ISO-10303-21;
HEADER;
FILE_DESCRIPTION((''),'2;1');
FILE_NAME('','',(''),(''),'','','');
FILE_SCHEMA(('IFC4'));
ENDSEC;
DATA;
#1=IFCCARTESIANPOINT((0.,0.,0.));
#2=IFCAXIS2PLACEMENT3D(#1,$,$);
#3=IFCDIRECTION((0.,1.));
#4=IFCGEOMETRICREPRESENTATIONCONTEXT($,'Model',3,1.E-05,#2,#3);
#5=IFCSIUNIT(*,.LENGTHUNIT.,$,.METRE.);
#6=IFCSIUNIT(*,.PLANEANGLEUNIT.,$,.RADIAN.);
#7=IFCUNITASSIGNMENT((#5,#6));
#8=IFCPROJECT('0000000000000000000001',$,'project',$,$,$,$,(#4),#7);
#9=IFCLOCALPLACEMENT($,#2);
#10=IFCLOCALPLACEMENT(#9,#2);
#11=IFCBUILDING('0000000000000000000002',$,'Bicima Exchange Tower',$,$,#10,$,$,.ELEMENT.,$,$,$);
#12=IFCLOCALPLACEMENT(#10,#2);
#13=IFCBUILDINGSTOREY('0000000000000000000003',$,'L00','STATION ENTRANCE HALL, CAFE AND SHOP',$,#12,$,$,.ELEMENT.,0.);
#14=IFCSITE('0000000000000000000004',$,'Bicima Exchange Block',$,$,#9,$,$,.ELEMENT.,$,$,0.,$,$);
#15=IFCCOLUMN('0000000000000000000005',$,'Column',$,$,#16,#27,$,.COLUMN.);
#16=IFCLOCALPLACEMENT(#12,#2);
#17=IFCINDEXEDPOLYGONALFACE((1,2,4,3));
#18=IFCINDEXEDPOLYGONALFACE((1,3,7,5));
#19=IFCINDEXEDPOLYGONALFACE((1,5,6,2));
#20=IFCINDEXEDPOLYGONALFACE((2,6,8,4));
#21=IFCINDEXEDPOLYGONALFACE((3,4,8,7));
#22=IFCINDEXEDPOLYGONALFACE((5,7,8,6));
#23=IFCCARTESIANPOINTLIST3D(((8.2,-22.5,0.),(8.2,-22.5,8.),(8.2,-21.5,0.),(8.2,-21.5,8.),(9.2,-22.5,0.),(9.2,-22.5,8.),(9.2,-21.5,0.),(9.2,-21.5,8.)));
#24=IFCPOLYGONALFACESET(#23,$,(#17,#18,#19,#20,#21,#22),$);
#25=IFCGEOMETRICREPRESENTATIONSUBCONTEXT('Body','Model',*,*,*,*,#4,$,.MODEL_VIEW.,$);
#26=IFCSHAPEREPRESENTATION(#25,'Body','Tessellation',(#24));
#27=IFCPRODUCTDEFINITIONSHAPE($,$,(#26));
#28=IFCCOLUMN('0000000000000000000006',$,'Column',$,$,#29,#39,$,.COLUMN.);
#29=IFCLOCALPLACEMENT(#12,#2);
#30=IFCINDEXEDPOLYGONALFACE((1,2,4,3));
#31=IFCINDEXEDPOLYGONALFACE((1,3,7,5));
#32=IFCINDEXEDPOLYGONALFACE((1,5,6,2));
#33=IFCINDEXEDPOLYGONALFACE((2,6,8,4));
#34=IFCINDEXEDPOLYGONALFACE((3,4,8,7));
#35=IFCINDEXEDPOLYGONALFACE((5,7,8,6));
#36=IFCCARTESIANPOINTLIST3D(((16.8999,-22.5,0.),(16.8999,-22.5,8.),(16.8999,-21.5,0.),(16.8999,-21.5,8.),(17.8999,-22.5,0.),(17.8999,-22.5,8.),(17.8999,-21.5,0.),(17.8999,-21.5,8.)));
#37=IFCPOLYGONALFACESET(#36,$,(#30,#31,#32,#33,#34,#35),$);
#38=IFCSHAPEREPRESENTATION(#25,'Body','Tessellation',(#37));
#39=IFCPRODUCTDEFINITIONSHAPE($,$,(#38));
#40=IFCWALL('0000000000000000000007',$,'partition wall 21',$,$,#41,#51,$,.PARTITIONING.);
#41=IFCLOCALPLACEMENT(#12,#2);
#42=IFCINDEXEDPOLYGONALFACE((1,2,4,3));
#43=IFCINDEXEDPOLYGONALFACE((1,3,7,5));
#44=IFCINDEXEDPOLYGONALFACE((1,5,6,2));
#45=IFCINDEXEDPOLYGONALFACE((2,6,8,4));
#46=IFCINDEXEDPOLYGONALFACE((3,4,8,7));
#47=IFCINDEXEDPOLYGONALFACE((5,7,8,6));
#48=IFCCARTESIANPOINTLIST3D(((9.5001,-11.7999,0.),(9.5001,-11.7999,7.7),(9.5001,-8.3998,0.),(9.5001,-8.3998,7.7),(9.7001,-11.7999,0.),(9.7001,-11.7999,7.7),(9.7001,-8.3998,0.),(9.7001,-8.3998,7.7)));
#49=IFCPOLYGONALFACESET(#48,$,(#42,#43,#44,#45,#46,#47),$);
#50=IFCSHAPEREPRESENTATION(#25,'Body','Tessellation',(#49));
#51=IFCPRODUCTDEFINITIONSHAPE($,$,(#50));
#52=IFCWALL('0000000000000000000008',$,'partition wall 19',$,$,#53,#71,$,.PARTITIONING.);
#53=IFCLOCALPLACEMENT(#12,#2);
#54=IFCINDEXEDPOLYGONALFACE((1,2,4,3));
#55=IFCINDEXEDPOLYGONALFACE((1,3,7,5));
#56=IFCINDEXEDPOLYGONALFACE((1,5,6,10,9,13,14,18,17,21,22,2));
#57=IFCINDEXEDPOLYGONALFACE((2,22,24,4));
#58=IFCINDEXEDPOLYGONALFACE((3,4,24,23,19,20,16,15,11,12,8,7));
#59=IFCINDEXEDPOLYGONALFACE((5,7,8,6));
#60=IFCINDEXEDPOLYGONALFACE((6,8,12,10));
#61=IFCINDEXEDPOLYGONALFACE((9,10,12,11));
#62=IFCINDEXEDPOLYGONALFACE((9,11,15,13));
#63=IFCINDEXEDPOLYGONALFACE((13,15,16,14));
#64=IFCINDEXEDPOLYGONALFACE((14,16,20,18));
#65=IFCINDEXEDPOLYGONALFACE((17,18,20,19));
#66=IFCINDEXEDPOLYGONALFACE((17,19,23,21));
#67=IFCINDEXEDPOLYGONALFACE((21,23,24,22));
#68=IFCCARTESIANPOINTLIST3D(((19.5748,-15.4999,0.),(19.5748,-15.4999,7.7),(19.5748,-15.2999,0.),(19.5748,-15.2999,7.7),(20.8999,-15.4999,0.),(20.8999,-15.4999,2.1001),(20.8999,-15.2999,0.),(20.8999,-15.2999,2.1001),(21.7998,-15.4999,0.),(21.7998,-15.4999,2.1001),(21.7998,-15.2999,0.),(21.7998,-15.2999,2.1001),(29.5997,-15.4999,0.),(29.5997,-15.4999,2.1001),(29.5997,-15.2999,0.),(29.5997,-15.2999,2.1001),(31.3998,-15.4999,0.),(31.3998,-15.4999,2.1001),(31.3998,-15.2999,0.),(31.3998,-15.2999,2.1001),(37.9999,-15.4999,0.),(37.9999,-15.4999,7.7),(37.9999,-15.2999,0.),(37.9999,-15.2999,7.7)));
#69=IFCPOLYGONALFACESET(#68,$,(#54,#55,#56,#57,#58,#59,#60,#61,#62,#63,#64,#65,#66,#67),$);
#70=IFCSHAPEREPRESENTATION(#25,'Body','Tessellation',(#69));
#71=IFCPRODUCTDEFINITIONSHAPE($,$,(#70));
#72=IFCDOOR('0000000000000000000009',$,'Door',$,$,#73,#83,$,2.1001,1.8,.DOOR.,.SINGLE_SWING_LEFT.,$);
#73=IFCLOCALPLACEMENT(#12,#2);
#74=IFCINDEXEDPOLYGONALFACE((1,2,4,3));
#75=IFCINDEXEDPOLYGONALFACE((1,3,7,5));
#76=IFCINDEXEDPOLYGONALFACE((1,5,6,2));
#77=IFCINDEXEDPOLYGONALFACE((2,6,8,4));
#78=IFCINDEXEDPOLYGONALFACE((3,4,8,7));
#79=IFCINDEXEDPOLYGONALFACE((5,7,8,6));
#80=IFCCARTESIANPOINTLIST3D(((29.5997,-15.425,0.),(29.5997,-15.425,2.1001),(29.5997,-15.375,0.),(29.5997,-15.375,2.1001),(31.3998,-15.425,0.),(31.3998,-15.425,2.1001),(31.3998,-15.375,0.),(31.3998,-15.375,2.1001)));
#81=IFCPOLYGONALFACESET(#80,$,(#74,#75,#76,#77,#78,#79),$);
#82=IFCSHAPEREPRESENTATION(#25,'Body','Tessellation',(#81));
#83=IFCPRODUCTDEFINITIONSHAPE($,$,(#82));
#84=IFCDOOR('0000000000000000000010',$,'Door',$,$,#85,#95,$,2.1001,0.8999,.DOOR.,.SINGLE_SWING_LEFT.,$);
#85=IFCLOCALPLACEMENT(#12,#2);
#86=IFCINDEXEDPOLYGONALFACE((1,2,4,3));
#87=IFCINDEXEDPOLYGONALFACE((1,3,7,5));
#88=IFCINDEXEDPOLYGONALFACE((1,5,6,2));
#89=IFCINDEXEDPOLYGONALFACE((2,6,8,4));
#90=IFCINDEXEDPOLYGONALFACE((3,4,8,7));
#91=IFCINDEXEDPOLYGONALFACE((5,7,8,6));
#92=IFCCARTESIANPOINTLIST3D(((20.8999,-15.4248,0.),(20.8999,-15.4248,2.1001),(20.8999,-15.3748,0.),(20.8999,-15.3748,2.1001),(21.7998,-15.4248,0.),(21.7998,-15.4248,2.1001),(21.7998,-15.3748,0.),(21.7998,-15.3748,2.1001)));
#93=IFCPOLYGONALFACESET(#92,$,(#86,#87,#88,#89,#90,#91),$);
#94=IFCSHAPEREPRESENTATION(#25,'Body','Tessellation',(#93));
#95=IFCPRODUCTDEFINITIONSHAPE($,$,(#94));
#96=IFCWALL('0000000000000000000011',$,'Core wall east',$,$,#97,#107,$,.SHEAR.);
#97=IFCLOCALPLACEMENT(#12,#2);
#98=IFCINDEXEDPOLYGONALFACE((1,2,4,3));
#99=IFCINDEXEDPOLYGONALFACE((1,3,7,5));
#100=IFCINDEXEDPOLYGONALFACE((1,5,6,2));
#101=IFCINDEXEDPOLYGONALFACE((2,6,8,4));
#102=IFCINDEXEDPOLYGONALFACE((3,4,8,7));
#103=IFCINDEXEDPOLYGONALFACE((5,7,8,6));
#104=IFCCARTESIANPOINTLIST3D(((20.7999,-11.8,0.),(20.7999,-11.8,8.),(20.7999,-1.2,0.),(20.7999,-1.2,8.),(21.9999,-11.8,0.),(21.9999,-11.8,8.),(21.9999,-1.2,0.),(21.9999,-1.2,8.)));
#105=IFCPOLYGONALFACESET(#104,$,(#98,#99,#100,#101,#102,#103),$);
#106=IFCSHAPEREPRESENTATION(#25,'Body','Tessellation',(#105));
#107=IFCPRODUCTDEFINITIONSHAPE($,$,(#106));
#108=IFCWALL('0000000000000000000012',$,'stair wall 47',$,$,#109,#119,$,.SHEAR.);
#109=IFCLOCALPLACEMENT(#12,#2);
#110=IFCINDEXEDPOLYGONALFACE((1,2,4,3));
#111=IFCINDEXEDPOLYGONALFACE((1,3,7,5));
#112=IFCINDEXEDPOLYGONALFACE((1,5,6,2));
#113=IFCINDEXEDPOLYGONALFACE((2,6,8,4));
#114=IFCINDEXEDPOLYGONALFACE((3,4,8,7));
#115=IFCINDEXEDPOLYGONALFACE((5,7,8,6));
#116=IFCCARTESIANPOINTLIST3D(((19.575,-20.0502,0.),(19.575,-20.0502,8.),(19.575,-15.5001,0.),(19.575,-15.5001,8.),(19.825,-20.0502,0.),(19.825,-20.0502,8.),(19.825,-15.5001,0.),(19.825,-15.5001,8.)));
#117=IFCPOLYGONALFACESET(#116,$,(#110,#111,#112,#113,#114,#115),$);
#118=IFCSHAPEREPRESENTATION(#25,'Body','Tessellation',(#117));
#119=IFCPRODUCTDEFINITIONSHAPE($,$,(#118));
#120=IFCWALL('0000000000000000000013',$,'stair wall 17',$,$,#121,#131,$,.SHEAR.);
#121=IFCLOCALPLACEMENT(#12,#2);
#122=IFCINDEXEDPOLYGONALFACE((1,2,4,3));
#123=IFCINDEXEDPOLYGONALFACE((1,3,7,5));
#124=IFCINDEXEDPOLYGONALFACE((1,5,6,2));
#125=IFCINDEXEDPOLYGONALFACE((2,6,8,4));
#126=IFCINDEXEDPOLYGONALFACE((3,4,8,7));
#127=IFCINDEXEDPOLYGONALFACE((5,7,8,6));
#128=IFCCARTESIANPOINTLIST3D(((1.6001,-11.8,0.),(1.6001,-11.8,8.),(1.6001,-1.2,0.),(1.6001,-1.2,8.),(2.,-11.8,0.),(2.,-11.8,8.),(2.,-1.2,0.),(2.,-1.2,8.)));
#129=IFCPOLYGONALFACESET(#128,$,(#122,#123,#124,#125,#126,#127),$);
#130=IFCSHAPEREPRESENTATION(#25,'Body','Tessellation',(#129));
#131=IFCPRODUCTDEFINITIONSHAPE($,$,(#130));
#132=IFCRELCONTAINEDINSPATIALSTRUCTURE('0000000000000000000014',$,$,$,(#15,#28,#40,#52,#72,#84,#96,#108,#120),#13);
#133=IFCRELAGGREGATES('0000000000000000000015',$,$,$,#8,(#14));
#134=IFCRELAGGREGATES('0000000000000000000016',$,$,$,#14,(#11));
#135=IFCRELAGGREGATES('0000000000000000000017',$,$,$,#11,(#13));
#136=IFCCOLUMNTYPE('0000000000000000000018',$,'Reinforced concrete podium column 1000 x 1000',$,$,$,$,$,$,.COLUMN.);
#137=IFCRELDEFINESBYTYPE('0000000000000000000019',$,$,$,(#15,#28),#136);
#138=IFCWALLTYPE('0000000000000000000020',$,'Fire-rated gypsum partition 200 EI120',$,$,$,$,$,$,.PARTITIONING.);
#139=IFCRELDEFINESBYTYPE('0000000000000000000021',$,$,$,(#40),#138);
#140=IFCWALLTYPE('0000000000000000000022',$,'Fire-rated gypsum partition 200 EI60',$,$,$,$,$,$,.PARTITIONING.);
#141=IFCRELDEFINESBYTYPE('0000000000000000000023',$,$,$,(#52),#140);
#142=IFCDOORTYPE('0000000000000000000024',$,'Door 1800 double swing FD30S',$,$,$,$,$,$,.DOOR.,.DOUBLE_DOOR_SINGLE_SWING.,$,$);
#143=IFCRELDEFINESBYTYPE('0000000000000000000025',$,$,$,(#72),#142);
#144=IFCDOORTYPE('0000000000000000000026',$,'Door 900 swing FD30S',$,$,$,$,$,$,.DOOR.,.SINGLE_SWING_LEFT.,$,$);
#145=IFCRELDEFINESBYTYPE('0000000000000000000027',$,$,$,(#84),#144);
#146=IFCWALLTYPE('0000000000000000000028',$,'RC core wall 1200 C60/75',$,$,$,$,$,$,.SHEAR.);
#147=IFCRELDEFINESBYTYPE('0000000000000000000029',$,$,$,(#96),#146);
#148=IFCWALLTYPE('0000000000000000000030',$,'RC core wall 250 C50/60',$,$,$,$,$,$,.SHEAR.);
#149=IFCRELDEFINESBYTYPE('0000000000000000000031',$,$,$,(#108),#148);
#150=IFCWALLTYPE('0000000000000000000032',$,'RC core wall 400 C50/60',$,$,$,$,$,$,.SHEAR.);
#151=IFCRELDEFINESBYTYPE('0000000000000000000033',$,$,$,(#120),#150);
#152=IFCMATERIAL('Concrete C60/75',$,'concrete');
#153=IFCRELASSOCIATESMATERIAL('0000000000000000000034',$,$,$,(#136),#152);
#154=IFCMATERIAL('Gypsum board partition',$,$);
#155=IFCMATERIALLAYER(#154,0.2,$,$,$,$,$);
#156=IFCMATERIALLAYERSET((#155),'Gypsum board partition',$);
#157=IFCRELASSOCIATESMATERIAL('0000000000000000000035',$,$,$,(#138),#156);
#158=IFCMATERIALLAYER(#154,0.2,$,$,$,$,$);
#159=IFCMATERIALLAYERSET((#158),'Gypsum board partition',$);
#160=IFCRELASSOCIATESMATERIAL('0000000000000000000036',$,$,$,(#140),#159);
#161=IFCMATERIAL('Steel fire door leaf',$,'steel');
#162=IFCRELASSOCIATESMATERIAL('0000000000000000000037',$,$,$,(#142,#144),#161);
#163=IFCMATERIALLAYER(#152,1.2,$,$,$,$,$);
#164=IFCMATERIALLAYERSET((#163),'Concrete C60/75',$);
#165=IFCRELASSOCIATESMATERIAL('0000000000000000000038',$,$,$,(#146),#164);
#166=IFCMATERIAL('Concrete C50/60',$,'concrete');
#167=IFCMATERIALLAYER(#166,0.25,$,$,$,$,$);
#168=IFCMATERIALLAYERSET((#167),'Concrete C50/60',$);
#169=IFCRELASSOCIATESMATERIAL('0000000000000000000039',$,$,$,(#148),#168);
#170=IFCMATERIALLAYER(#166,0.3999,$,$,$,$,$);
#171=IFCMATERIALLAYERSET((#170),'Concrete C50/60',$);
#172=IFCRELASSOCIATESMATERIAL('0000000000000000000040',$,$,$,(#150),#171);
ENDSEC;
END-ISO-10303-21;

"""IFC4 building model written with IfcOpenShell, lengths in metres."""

from ifc_helpers import new_model, si_unit, direction, frame, frame_2d, origin, origin_2d, place, context, subcontext, project, spatial, rectangle, extrude, material, layer, layer_set, material_profile, profile_set, type_object, element, fill, save


model = new_model("IFC4")

# Units and contexts
model_context = context("Model", 3, precision=1e-05, world=origin(), true_north=direction((0.0, 1.0)))
body_context = subcontext(model_context, "Body", "Model", "MODEL_VIEW")
ifc_project = project(units=[si_unit("LENGTHUNIT", "METRE"), si_unit("PLANEANGLEUNIT", "RADIAN")], contexts=[model_context])

# Site, building, storey
site_placement = place(None, origin())
site = spatial("IfcSite", under=ifc_project, at=site_placement, Name="Bicima Exchange Block", CompositionType="ELEMENT", RefElevation=0.0)
building_placement = place(site_placement, origin())
building = spatial("IfcBuilding", under=site, at=building_placement, Name="Bicima Exchange Tower", CompositionType="ELEMENT")
storey_placement = place(building_placement, origin())
storey = spatial("IfcBuildingStorey", under=building, at=storey_placement, Name="L00", Description="STATION ENTRANCE HALL, CAFE AND SHOP", CompositionType="ELEMENT", Elevation=0.0)

# Columns
ifc_material_1 = material(Name="Concrete C60/75", Category="concrete")
ifc_material_profile = material_profile(ifc_material_1, rectangle(XDim=1.0, YDim=1.0, at=origin_2d()))
ifc_profile_set = profile_set([ifc_material_profile], Name="Concrete C60/75")
column_type = type_object("IfcColumnType", Name="Reinforced concrete podium column 1000 x 1000", PredefinedType="COLUMN", material=ifc_profile_set)
for number, where, z_axis, x_axis, name in (
    (1, (8.7, -22.0, 0.0), (0.0, 0.0, 1.0), (1.0, 0.0, 0.0), "Column"),
    (2, (17.3999, -22.0, 0.0), (0.0, 0.0, 1.0), (1.0, 0.0, 0.0), "Column"),
):
    element("IfcColumn", number, at=place(storey_placement, frame(where, z_axis=z_axis, x_axis=x_axis)), inside=storey, type_object=column_type, Name=name, PredefinedType="COLUMN", context=body_context, shape_type="SweptSolid", body=[
        extrude(rectangle(XDim=1.0, YDim=1.0, at=origin_2d()), origin(), (0.0, 0.0, 1.0), 8.0),
    ])

# Wall
ifc_material_2 = material(Name="Gypsum board partition")
ifc_layer_1 = layer(ifc_material_2, 0.2)
ifc_layer_set_1 = layer_set([ifc_layer_1], Name="Gypsum board partition")
wall_type_1 = type_object("IfcWallType", Name="Fire-rated gypsum partition 200 EI120", PredefinedType="PARTITIONING", material=ifc_layer_set_1)
wall_1_placement = place(storey_placement, frame((9.6001, -11.8, 0.0), z_axis=(0.0, 0.0, 1.0), x_axis=(0.0, 1.0, 0.0)))
element("IfcWall", 3, at=wall_1_placement, inside=storey, type_object=wall_type_1, Name="partition wall 21", PredefinedType="PARTITIONING", context=body_context, shape_type="SweptSolid", body=[
    extrude(rectangle(XDim=3.4001, YDim=0.2, at=frame_2d((1.7002, 0.0))), origin(), (0.0, 0.0, 1.0), 7.7),
])

# Wall, openings, doors
ifc_layer_2 = layer(ifc_material_2, 0.2)
ifc_layer_set_2 = layer_set([ifc_layer_2], Name="Gypsum board partition")
wall_type_2 = type_object("IfcWallType", Name="Fire-rated gypsum partition 200 EI60", PredefinedType="PARTITIONING", material=ifc_layer_set_2)
wall_2_placement = place(storey_placement, frame((19.575, -15.3999, 0.0), z_axis=(0.0, 0.0, 1.0), x_axis=(1.0, 0.0, 0.0)))
wall_2 = element("IfcWall", 4, at=wall_2_placement, inside=storey, type_object=wall_type_2, Name="partition wall 19", PredefinedType="PARTITIONING", context=body_context, shape_type="SweptSolid", body=[
    extrude(rectangle(XDim=18.425, YDim=0.2, at=frame_2d((9.2124, 0.0))), origin(), (0.0, 0.0, 1.0), 7.7),
])
opening_1_placement = place(wall_2_placement, frame((1.325, 0.0, 0.0)))
opening_1 = element("IfcOpeningElement", 5, at=opening_1_placement, cuts=wall_2, PredefinedType="OPENING", context=body_context, shape_type="SweptSolid", body=[
    extrude(rectangle(XDim=0.8999, YDim=2.1001, at=frame_2d((0.45, 1.05))), frame((0.0, 0.1118, 0.0), z_axis=(0.0, -1.0, 0.0), x_axis=(1.0, 0.0, 0.0)), (0.0, 0.0, 1.0), 0.2239),
])
opening_2_placement = place(wall_2_placement, frame((10.0249, 0.0, 0.0)))
opening_2 = element("IfcOpeningElement", 6, at=opening_2_placement, cuts=wall_2, PredefinedType="OPENING", context=body_context, shape_type="SweptSolid", body=[
    extrude(rectangle(XDim=1.8, YDim=2.1001, at=frame_2d((0.8999, 1.05))), frame((0.0, 0.1118, 0.0), z_axis=(0.0, -1.0, 0.0), x_axis=(1.0, 0.0, 0.0)), (0.0, 0.0, 1.0), 0.2239),
])
ifc_material_3 = material(Name="Steel fire door leaf", Category="steel")
door_type_1 = type_object("IfcDoorType", Name="Door 1800 double swing FD30S", OperationType="DOUBLE_DOOR_SINGLE_SWING", PredefinedType="DOOR", material=ifc_material_3)
door_1_placement = place(opening_2_placement, origin())
door_1 = element("IfcDoor", 7, at=door_1_placement, inside=storey, type_object=door_type_1, Name="Door", OperationType="SINGLE_SWING_LEFT", OverallHeight=2.1001, OverallWidth=1.8, PredefinedType="DOOR", context=body_context, shape_type="SweptSolid", body=[
    extrude(rectangle(XDim=1.8, YDim=2.1001, at=frame_2d((0.8999, 1.05))), frame((0.0, 0.0249, 0.0), z_axis=(0.0, -1.0, 0.0), x_axis=(1.0, 0.0, 0.0)), (0.0, 0.0, 1.0), 0.05),
])
fill(opening_2, door_1)
door_type_2 = type_object("IfcDoorType", Name="Door 900 swing FD30S", OperationType="SINGLE_SWING_LEFT", PredefinedType="DOOR", material=ifc_material_3)
door_2_placement = place(opening_1_placement, frame((0.8999, 0.0, 0.0), z_axis=(0.0, 0.0, 1.0), x_axis=(-1.0, 0.0, 0.0)))
door_2 = element("IfcDoor", 8, at=door_2_placement, inside=storey, type_object=door_type_2, Name="Door", OperationType="SINGLE_SWING_LEFT", OverallHeight=2.1001, OverallWidth=0.8999, PredefinedType="DOOR", context=body_context, shape_type="SweptSolid", body=[
    extrude(rectangle(XDim=0.8999, YDim=2.1001, at=frame_2d((0.45, 1.05))), frame((0.0, 0.0249, 0.0), z_axis=(0.0, -1.0, 0.0), x_axis=(1.0, 0.0, 0.0)), (0.0, 0.0, 1.0), 0.05),
])
fill(opening_1, door_2)

# Walls
ifc_layer_3 = layer(ifc_material_1, 1.2)
ifc_layer_set_3 = layer_set([ifc_layer_3], Name="Concrete C60/75")
wall_type_3 = type_object("IfcWallType", Name="RC core wall 1200 C60/75", PredefinedType="SHEAR", material=ifc_layer_set_3)
wall_3_placement = place(storey_placement, frame((21.3999, -11.8, 0.0), z_axis=(0.0, 0.0, 1.0), x_axis=(0.0, 1.0, 0.0)))
element("IfcWall", 9, at=wall_3_placement, inside=storey, type_object=wall_type_3, Name="Core wall east", PredefinedType="SHEAR", context=body_context, shape_type="SweptSolid", body=[
    extrude(rectangle(XDim=10.6001, YDim=1.2, at=frame_2d((5.3, 0.0))), origin(), (0.0, 0.0, 1.0), 8.0),
])
ifc_material_4 = material(Name="Concrete C50/60", Category="concrete")
ifc_layer_4 = layer(ifc_material_4, 0.25)
ifc_layer_set_4 = layer_set([ifc_layer_4], Name="Concrete C50/60")
wall_type_4 = type_object("IfcWallType", Name="RC core wall 250 C50/60", PredefinedType="SHEAR", material=ifc_layer_set_4)
wall_4_placement = place(storey_placement, frame((19.7, -20.05, 0.0), z_axis=(0.0, 0.0, 1.0), x_axis=(0.0, 1.0, 0.0)))
element("IfcWall", 10, at=wall_4_placement, inside=storey, type_object=wall_type_4, Name="stair wall 47", PredefinedType="SHEAR", context=body_context, shape_type="SweptSolid", body=[
    extrude(rectangle(XDim=4.55, YDim=0.25, at=frame_2d((2.2749, 0.0))), origin(), (0.0, 0.0, 1.0), 8.0),
])
ifc_layer_5 = layer(ifc_material_4, 0.3999)
ifc_layer_set_5 = layer_set([ifc_layer_5], Name="Concrete C50/60")
wall_type_5 = type_object("IfcWallType", Name="RC core wall 400 C50/60", PredefinedType="SHEAR", material=ifc_layer_set_5)
wall_5_placement = place(storey_placement, frame((1.8, -11.8, 0.0), z_axis=(0.0, 0.0, 1.0), x_axis=(0.0, 1.0, 0.0)))
element("IfcWall", 11, at=wall_5_placement, inside=storey, type_object=wall_type_5, Name="stair wall 17", PredefinedType="SHEAR", context=body_context, shape_type="SweptSolid", body=[
    extrude(rectangle(XDim=10.6001, YDim=0.3999, at=frame_2d((5.3, 0.0))), origin(), (0.0, 0.0, 1.0), 8.0),
])

save(model, "model.ifc")
